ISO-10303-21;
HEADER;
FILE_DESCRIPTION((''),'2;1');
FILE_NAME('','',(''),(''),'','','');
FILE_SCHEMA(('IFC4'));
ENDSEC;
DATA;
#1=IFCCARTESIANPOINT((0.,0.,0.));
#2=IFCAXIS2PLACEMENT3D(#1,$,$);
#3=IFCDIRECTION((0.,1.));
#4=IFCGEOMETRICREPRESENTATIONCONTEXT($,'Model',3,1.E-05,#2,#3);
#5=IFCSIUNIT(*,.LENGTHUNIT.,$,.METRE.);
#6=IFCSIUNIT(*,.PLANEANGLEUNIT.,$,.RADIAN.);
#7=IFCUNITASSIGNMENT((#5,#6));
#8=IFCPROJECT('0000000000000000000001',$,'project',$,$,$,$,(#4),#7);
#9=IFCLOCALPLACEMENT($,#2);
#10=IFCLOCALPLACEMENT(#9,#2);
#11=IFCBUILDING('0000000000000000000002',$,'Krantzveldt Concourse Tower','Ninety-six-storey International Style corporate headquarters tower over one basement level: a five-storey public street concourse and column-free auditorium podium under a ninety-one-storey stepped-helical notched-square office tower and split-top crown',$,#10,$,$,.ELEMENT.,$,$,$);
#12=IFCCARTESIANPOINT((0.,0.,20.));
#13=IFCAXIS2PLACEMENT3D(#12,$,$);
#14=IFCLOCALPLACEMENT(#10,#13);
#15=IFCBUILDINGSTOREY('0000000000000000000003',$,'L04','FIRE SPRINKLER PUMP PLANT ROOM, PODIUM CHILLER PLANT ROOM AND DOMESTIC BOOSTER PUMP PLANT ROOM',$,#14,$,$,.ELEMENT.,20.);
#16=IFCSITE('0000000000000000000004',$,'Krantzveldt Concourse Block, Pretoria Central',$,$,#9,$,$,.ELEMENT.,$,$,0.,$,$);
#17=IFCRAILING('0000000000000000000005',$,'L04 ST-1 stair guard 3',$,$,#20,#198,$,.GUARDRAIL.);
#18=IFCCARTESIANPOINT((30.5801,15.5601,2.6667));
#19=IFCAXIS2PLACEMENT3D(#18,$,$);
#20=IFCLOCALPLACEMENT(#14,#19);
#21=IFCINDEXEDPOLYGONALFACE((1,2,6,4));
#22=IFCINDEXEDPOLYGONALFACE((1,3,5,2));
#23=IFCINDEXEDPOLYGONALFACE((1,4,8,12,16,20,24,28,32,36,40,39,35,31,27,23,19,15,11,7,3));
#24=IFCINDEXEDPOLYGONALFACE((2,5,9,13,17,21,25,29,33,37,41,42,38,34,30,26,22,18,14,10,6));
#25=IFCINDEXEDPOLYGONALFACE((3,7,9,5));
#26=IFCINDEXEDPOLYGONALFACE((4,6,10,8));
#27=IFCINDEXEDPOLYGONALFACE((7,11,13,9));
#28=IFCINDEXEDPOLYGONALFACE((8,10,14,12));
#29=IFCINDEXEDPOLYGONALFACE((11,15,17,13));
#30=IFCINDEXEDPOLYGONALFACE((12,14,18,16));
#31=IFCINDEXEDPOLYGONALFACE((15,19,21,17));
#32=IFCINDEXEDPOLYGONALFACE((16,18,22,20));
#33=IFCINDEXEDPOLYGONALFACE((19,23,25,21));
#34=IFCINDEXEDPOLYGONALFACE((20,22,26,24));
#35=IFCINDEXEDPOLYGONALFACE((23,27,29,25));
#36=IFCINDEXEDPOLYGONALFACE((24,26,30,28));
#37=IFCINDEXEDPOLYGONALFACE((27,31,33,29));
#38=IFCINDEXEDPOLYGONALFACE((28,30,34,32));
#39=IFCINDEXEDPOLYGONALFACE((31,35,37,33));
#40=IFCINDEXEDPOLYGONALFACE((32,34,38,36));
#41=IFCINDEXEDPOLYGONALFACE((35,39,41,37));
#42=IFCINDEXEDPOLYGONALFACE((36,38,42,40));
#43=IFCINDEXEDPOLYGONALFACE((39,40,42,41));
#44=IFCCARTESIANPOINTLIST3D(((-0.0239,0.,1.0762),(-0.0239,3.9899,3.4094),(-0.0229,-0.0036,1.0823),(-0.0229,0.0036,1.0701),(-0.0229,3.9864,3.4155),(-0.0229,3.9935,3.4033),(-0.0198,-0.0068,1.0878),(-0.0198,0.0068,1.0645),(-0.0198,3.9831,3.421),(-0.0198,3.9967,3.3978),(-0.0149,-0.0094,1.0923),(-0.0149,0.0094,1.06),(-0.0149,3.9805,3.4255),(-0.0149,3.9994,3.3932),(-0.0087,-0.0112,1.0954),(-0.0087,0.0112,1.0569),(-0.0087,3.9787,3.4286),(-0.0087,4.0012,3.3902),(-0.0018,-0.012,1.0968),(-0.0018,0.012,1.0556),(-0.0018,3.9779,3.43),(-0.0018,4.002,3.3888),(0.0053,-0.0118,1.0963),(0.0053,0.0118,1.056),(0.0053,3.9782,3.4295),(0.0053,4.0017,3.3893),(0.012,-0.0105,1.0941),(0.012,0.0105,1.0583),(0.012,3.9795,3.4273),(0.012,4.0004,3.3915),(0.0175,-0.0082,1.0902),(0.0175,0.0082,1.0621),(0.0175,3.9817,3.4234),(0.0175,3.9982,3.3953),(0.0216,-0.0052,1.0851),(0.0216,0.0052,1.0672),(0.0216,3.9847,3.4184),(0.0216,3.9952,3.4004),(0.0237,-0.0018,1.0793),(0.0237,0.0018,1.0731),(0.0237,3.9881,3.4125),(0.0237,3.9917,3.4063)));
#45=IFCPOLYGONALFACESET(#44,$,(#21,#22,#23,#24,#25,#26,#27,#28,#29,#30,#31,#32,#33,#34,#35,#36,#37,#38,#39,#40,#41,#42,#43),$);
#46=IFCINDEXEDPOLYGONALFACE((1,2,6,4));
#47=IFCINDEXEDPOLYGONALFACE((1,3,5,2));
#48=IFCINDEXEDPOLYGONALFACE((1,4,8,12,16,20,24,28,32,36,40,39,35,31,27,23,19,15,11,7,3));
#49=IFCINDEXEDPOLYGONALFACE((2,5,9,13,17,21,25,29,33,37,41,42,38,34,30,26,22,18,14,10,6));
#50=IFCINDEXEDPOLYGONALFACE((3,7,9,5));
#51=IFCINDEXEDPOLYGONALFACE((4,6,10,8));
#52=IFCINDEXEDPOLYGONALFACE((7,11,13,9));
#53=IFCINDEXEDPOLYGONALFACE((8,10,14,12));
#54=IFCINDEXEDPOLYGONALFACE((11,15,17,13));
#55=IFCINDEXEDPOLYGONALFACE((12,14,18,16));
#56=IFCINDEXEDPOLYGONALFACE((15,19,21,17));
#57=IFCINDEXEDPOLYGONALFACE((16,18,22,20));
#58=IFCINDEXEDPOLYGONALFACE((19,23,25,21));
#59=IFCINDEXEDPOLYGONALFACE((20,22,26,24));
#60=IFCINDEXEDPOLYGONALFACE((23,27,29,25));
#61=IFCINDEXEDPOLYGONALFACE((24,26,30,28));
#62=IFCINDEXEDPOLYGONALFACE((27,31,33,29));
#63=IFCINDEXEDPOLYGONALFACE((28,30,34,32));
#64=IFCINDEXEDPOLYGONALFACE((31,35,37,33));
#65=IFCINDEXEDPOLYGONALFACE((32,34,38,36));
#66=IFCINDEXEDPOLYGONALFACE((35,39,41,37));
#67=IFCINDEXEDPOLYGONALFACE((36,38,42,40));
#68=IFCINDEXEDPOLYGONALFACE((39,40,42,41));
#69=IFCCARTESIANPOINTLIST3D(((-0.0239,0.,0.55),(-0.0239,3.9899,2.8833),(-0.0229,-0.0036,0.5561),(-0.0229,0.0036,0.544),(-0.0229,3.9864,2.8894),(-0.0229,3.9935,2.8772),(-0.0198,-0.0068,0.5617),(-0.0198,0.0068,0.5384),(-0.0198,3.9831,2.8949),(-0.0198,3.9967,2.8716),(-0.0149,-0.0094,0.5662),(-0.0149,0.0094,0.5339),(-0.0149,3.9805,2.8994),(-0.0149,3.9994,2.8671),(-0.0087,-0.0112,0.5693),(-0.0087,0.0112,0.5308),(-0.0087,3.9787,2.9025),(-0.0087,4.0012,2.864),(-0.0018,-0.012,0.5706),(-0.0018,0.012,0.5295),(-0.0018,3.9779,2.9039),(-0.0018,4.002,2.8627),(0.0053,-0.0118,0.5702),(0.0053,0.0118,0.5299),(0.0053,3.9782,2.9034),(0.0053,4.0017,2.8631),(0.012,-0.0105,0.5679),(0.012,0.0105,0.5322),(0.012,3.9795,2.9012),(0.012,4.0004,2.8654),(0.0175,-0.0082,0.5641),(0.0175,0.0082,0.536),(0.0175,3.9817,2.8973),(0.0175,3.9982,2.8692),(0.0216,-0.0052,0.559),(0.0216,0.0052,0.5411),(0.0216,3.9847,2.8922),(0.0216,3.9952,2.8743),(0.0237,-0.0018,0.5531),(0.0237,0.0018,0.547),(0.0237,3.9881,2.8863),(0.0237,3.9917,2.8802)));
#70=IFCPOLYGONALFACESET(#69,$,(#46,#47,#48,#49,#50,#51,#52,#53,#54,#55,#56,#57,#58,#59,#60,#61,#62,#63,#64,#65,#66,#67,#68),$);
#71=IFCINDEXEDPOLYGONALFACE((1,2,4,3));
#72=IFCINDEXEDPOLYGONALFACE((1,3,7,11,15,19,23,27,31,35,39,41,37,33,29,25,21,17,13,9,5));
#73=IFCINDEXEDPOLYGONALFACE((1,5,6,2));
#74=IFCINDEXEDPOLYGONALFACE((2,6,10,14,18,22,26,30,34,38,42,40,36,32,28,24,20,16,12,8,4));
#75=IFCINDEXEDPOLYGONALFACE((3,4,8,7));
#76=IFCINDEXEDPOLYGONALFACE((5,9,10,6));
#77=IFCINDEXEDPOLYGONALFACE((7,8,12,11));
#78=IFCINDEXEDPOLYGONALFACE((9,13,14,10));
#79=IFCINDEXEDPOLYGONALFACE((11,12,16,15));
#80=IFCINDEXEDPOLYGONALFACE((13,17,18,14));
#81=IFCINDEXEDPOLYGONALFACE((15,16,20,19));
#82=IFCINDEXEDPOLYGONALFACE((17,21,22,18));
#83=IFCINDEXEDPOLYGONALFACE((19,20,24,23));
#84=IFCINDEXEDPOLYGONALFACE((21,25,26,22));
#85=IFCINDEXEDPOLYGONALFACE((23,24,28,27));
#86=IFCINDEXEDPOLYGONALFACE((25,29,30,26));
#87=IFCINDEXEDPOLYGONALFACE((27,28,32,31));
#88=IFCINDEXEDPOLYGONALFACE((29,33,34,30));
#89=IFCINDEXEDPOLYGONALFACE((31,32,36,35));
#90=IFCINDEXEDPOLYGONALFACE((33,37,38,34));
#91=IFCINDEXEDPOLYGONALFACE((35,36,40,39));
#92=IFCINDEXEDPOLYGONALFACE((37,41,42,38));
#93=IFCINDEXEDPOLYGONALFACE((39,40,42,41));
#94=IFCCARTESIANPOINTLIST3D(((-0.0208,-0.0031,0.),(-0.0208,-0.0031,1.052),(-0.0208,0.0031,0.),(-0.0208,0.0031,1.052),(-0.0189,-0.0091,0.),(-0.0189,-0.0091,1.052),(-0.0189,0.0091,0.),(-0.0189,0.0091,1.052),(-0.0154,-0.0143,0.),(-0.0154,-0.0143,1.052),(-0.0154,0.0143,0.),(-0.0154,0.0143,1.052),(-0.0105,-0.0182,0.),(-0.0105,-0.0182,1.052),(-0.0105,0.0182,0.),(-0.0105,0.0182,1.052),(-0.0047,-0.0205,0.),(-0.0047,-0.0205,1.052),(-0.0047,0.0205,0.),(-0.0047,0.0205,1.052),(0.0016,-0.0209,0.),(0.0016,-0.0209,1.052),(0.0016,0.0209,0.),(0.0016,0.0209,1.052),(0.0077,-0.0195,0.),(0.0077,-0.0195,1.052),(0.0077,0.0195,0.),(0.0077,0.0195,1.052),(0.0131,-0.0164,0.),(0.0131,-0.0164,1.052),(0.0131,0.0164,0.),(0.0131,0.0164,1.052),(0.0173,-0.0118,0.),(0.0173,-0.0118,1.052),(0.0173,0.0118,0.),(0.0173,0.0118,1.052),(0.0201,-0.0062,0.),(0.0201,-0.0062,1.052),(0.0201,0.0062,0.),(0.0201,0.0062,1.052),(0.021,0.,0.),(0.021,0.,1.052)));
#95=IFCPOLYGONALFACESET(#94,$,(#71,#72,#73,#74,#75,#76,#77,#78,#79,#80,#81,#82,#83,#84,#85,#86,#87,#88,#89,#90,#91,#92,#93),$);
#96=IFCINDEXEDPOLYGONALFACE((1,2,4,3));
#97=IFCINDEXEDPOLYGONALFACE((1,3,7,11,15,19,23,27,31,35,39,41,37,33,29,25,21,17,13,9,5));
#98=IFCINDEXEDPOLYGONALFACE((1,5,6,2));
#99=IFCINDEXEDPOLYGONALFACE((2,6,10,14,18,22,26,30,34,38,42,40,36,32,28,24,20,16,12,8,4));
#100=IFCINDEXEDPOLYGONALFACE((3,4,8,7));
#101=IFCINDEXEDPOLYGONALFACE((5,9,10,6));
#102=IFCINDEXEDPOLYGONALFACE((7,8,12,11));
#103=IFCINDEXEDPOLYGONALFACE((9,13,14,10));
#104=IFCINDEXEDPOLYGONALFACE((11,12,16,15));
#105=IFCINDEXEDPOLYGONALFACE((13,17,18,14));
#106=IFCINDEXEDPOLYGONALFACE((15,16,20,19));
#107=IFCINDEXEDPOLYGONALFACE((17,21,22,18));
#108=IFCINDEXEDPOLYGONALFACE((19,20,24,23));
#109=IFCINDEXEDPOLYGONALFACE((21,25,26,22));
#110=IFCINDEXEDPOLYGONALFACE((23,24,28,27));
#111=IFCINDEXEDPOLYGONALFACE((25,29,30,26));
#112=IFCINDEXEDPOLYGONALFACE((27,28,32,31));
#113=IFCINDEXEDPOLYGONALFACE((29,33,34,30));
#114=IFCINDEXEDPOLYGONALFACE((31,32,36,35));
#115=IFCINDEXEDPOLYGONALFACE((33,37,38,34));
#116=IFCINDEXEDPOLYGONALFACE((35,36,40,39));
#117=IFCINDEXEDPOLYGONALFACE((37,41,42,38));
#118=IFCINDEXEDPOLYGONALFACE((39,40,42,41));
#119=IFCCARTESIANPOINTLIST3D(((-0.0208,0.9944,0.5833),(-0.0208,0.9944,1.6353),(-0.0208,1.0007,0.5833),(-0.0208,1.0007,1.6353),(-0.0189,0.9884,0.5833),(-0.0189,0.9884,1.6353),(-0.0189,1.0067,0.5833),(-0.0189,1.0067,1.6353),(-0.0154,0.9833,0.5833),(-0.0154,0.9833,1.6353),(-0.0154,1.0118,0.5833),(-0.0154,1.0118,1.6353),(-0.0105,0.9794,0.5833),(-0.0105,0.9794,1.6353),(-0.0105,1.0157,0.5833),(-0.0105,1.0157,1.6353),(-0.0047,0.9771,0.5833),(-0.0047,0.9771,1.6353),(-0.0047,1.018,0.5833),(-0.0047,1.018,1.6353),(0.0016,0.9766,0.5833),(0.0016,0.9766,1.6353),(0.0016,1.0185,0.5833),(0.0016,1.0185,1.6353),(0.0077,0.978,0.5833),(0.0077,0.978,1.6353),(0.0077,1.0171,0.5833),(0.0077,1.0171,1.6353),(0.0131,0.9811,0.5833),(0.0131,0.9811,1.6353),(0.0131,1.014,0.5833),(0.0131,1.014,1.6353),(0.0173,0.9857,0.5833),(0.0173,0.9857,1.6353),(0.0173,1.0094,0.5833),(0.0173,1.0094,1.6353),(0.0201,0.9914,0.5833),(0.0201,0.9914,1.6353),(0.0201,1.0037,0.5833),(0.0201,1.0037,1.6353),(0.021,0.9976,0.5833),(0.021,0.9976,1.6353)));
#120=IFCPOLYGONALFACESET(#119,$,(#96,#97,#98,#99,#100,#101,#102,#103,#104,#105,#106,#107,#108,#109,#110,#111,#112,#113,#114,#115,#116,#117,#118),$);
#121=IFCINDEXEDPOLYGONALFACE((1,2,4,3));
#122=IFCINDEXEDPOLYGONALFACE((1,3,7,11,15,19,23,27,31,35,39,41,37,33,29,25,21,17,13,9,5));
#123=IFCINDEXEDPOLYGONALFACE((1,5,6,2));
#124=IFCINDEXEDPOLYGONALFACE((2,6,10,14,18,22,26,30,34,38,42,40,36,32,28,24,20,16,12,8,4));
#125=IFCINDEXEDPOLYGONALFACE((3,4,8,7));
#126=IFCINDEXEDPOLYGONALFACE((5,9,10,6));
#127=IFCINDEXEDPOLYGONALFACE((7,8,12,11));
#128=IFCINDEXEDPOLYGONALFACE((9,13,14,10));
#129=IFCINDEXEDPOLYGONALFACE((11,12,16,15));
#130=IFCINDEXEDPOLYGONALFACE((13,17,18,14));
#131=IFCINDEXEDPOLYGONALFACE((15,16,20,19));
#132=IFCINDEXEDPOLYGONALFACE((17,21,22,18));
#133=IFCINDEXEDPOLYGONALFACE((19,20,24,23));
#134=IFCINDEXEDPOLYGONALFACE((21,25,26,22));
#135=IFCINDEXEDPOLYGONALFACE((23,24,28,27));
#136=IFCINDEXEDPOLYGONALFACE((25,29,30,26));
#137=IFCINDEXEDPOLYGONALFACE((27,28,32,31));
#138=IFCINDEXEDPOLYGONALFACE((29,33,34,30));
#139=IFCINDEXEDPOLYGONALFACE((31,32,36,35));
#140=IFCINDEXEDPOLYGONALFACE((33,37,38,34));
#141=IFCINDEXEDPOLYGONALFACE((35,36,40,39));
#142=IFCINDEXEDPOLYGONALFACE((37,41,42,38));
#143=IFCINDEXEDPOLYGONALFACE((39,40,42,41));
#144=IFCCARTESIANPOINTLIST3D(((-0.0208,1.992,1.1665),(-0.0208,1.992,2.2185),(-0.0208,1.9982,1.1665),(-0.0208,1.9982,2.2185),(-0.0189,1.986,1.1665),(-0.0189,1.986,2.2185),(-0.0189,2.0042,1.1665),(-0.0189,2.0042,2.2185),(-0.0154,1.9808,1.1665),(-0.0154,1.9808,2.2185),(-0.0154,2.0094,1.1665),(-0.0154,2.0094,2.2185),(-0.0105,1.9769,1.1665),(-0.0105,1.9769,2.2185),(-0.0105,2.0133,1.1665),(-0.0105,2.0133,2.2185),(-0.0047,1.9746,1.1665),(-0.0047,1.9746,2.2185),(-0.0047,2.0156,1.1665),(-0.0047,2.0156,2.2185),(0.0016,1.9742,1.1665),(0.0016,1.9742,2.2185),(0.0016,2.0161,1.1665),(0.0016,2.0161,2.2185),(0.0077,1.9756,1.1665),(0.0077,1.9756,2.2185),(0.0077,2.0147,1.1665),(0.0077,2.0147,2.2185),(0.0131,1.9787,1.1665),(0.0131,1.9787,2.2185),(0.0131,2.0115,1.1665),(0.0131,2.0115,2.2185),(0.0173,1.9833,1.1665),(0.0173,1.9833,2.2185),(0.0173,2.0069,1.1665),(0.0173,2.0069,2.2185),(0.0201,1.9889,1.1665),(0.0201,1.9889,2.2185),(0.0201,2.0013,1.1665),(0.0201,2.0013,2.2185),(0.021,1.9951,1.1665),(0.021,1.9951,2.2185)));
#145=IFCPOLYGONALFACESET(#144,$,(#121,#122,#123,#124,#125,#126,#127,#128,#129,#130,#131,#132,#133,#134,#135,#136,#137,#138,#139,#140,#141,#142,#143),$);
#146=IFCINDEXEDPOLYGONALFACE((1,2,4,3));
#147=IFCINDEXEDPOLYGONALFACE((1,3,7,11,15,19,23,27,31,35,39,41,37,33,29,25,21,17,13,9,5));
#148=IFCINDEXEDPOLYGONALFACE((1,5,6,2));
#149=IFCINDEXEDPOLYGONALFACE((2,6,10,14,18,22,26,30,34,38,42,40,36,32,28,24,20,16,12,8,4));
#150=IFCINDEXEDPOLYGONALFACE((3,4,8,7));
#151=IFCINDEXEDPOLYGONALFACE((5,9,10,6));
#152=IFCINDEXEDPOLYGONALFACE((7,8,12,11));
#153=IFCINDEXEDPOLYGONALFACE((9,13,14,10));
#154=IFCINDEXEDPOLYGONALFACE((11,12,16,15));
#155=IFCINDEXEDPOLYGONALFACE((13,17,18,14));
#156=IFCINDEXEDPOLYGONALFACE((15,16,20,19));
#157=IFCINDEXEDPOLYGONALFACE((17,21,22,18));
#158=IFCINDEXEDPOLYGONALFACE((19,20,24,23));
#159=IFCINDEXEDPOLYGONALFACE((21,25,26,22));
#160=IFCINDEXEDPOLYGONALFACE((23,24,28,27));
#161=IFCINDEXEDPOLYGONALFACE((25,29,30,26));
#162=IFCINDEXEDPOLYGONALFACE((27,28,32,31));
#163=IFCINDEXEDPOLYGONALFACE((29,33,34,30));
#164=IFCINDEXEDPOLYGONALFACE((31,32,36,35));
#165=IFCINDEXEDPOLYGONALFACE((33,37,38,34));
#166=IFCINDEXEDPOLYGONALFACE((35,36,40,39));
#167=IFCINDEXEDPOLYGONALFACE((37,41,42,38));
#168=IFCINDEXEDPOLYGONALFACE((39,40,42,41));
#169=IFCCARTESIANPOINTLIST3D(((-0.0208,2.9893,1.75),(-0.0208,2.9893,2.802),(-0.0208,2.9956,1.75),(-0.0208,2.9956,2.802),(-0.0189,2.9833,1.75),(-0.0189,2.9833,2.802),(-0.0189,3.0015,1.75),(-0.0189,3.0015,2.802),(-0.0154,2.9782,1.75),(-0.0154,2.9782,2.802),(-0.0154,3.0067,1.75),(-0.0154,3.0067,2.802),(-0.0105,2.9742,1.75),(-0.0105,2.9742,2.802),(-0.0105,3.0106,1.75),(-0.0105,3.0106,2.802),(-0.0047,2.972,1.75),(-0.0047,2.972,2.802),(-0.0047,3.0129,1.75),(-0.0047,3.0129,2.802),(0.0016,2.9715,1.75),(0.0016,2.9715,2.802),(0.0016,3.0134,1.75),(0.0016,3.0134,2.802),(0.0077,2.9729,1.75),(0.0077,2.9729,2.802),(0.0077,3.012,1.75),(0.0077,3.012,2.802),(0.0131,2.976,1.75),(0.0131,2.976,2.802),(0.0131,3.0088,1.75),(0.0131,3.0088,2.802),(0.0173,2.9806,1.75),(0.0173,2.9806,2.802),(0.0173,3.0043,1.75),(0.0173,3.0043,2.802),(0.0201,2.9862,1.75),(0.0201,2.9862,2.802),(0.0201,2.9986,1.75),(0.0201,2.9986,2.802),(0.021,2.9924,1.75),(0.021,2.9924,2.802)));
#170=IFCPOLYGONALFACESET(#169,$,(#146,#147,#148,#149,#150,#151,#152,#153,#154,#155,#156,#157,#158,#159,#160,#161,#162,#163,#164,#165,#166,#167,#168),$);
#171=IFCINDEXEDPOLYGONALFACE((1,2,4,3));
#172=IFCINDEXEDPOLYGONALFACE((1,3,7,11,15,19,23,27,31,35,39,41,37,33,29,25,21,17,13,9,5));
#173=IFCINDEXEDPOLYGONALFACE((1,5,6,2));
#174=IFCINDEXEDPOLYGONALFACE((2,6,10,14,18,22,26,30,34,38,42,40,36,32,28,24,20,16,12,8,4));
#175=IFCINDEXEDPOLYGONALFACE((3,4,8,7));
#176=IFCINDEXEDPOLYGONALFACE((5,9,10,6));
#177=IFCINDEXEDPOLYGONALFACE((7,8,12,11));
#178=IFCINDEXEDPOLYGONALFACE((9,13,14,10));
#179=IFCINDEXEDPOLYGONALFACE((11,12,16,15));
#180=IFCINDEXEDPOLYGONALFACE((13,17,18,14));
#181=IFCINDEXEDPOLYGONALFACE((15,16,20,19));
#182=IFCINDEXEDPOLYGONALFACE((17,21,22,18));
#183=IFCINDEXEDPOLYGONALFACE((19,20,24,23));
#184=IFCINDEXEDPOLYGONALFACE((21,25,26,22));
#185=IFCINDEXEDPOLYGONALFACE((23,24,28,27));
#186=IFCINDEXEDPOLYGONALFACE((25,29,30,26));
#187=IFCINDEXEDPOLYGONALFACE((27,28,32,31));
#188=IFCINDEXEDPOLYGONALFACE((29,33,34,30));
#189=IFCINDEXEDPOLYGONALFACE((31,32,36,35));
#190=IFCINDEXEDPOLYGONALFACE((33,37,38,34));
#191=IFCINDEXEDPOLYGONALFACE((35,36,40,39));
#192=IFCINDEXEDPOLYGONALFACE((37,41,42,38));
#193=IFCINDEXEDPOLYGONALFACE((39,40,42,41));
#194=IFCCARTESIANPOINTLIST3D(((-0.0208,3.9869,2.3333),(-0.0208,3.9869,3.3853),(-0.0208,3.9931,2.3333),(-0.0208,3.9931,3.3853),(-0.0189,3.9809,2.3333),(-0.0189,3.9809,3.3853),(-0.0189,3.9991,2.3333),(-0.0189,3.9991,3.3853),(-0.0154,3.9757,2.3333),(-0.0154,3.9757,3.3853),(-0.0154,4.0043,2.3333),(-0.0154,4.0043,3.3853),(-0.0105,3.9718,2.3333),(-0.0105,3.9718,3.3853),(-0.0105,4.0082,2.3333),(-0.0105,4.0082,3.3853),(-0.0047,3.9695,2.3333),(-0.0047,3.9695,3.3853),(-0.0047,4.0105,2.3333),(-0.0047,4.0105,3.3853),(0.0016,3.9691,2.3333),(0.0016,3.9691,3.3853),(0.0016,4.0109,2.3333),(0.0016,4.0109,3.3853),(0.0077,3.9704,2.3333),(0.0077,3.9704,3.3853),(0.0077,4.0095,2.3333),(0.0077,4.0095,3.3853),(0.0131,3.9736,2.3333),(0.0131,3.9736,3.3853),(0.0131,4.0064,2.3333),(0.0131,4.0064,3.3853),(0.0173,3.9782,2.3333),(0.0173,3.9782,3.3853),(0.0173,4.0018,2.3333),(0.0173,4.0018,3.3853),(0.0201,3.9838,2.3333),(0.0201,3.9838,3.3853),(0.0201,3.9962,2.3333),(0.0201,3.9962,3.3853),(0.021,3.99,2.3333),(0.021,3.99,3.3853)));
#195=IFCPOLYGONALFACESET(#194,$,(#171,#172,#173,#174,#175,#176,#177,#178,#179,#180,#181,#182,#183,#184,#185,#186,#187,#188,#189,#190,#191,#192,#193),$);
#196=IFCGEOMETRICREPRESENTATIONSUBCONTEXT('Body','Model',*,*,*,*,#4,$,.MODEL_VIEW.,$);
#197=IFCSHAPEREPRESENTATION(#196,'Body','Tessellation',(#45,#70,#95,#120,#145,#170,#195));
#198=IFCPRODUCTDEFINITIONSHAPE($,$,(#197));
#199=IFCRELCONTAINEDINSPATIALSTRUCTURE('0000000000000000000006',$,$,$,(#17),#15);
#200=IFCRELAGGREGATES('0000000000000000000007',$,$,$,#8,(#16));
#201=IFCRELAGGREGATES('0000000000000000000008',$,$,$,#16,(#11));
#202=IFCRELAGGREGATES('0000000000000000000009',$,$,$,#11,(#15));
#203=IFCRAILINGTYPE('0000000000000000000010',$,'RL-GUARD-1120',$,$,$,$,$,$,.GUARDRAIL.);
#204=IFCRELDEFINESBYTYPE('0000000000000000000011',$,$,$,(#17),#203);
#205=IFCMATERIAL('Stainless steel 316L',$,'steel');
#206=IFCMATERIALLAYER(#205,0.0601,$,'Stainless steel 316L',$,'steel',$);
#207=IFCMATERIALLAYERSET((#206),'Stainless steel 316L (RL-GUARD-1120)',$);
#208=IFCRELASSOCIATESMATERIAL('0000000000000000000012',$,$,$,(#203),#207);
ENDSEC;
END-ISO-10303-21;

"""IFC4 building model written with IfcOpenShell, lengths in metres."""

from ifc_helpers import new_model, si_unit, direction, frame, origin, origin_2d, place, context, subcontext, project, spatial, circle, extrude, material, layer, layer_set, type_object, element, save


model = new_model("IFC4")

# Units and contexts
model_context = context("Model", 3, precision=1e-05, world=origin(), true_north=direction((0.0, 1.0)))
body_context = subcontext(model_context, "Body", "Model", "MODEL_VIEW")
ifc_project = project(units=[si_unit("LENGTHUNIT", "METRE"), si_unit("PLANEANGLEUNIT", "RADIAN")], contexts=[model_context])

# Site, building, storey
site_placement = place(None, origin())
site = spatial("IfcSite", under=ifc_project, at=site_placement, Name="Krantzveldt Concourse Block, Pretoria Central", CompositionType="ELEMENT", RefElevation=0.0)
building_placement = place(site_placement, origin())
building = spatial("IfcBuilding", under=site, at=building_placement, Name="Krantzveldt Concourse Tower", Description="Ninety-six-storey International Style corporate headquarters tower over one basement level: a five-storey public street concourse and column-free auditorium podium under a ninety-one-storey stepped-helical notched-square office tower and split-top crown", CompositionType="ELEMENT")
storey_placement = place(building_placement, frame((0.0, 0.0, 20.0)))
storey = spatial("IfcBuildingStorey", under=building, at=storey_placement, Name="L04", Description="FIRE SPRINKLER PUMP PLANT ROOM, PODIUM CHILLER PLANT ROOM AND DOMESTIC BOOSTER PUMP PLANT ROOM", CompositionType="ELEMENT", Elevation=20.0)

# Shared definitions
ifc_material_1 = material(Name="Stainless steel 316L", Category="steel")

# Railing
ifc_layer_1 = layer(ifc_material_1, 0.0601, Name="Stainless steel 316L", Category="steel")
ifc_layer_set_1 = layer_set([ifc_layer_1], Name="Stainless steel 316L (RL-GUARD-1120)")
railing_type_1 = type_object("IfcRailingType", Name="RL-GUARD-1120", PredefinedType="GUARDRAIL", material=ifc_layer_set_1)
railing_1_placement = place(storey_placement, frame((30.5801, 15.5601, 2.6667)))
element("IfcRailing", 1, at=railing_1_placement, inside=storey, type_object=railing_type_1, Name="L04 ST-1 stair guard 3", PredefinedType="GUARDRAIL", context=body_context, shape_type="SweptSolid", body=[
    extrude(circle(Radius=0.0239, at=origin_2d()), frame((0.0, 0.0, 1.0762), z_axis=(0.0, 0.863236, 0.5048), x_axis=(-1.0, 0.0, 0.0)), (0.0, 0.0, 1.0), 4.6221),
    extrude(circle(Radius=0.0239, at=origin_2d()), frame((0.0, 0.0, 0.55), z_axis=(0.0, 0.863236, 0.5048), x_axis=(-1.0, 0.0, 0.0)), (0.0, 0.0, 1.0), 4.6221),
    extrude(circle(Radius=0.021, at=origin_2d()), origin(), (0.0, 0.0, 1.0), 1.052),
    extrude(circle(Radius=0.021, at=origin_2d()), frame((0.0, 0.9976, 0.5833)), (0.0, 0.0, 1.0), 1.052),
    extrude(circle(Radius=0.021, at=origin_2d()), frame((0.0, 1.9951, 1.1665)), (0.0, 0.0, 1.0), 1.052),
    extrude(circle(Radius=0.021, at=origin_2d()), frame((0.0, 2.9924, 1.75)), (0.0, 0.0, 1.0), 1.052),
    extrude(circle(Radius=0.021, at=origin_2d()), frame((0.0, 3.99, 2.3333)), (0.0, 0.0, 1.0), 1.052),
])

save(model, "model.ifc")
